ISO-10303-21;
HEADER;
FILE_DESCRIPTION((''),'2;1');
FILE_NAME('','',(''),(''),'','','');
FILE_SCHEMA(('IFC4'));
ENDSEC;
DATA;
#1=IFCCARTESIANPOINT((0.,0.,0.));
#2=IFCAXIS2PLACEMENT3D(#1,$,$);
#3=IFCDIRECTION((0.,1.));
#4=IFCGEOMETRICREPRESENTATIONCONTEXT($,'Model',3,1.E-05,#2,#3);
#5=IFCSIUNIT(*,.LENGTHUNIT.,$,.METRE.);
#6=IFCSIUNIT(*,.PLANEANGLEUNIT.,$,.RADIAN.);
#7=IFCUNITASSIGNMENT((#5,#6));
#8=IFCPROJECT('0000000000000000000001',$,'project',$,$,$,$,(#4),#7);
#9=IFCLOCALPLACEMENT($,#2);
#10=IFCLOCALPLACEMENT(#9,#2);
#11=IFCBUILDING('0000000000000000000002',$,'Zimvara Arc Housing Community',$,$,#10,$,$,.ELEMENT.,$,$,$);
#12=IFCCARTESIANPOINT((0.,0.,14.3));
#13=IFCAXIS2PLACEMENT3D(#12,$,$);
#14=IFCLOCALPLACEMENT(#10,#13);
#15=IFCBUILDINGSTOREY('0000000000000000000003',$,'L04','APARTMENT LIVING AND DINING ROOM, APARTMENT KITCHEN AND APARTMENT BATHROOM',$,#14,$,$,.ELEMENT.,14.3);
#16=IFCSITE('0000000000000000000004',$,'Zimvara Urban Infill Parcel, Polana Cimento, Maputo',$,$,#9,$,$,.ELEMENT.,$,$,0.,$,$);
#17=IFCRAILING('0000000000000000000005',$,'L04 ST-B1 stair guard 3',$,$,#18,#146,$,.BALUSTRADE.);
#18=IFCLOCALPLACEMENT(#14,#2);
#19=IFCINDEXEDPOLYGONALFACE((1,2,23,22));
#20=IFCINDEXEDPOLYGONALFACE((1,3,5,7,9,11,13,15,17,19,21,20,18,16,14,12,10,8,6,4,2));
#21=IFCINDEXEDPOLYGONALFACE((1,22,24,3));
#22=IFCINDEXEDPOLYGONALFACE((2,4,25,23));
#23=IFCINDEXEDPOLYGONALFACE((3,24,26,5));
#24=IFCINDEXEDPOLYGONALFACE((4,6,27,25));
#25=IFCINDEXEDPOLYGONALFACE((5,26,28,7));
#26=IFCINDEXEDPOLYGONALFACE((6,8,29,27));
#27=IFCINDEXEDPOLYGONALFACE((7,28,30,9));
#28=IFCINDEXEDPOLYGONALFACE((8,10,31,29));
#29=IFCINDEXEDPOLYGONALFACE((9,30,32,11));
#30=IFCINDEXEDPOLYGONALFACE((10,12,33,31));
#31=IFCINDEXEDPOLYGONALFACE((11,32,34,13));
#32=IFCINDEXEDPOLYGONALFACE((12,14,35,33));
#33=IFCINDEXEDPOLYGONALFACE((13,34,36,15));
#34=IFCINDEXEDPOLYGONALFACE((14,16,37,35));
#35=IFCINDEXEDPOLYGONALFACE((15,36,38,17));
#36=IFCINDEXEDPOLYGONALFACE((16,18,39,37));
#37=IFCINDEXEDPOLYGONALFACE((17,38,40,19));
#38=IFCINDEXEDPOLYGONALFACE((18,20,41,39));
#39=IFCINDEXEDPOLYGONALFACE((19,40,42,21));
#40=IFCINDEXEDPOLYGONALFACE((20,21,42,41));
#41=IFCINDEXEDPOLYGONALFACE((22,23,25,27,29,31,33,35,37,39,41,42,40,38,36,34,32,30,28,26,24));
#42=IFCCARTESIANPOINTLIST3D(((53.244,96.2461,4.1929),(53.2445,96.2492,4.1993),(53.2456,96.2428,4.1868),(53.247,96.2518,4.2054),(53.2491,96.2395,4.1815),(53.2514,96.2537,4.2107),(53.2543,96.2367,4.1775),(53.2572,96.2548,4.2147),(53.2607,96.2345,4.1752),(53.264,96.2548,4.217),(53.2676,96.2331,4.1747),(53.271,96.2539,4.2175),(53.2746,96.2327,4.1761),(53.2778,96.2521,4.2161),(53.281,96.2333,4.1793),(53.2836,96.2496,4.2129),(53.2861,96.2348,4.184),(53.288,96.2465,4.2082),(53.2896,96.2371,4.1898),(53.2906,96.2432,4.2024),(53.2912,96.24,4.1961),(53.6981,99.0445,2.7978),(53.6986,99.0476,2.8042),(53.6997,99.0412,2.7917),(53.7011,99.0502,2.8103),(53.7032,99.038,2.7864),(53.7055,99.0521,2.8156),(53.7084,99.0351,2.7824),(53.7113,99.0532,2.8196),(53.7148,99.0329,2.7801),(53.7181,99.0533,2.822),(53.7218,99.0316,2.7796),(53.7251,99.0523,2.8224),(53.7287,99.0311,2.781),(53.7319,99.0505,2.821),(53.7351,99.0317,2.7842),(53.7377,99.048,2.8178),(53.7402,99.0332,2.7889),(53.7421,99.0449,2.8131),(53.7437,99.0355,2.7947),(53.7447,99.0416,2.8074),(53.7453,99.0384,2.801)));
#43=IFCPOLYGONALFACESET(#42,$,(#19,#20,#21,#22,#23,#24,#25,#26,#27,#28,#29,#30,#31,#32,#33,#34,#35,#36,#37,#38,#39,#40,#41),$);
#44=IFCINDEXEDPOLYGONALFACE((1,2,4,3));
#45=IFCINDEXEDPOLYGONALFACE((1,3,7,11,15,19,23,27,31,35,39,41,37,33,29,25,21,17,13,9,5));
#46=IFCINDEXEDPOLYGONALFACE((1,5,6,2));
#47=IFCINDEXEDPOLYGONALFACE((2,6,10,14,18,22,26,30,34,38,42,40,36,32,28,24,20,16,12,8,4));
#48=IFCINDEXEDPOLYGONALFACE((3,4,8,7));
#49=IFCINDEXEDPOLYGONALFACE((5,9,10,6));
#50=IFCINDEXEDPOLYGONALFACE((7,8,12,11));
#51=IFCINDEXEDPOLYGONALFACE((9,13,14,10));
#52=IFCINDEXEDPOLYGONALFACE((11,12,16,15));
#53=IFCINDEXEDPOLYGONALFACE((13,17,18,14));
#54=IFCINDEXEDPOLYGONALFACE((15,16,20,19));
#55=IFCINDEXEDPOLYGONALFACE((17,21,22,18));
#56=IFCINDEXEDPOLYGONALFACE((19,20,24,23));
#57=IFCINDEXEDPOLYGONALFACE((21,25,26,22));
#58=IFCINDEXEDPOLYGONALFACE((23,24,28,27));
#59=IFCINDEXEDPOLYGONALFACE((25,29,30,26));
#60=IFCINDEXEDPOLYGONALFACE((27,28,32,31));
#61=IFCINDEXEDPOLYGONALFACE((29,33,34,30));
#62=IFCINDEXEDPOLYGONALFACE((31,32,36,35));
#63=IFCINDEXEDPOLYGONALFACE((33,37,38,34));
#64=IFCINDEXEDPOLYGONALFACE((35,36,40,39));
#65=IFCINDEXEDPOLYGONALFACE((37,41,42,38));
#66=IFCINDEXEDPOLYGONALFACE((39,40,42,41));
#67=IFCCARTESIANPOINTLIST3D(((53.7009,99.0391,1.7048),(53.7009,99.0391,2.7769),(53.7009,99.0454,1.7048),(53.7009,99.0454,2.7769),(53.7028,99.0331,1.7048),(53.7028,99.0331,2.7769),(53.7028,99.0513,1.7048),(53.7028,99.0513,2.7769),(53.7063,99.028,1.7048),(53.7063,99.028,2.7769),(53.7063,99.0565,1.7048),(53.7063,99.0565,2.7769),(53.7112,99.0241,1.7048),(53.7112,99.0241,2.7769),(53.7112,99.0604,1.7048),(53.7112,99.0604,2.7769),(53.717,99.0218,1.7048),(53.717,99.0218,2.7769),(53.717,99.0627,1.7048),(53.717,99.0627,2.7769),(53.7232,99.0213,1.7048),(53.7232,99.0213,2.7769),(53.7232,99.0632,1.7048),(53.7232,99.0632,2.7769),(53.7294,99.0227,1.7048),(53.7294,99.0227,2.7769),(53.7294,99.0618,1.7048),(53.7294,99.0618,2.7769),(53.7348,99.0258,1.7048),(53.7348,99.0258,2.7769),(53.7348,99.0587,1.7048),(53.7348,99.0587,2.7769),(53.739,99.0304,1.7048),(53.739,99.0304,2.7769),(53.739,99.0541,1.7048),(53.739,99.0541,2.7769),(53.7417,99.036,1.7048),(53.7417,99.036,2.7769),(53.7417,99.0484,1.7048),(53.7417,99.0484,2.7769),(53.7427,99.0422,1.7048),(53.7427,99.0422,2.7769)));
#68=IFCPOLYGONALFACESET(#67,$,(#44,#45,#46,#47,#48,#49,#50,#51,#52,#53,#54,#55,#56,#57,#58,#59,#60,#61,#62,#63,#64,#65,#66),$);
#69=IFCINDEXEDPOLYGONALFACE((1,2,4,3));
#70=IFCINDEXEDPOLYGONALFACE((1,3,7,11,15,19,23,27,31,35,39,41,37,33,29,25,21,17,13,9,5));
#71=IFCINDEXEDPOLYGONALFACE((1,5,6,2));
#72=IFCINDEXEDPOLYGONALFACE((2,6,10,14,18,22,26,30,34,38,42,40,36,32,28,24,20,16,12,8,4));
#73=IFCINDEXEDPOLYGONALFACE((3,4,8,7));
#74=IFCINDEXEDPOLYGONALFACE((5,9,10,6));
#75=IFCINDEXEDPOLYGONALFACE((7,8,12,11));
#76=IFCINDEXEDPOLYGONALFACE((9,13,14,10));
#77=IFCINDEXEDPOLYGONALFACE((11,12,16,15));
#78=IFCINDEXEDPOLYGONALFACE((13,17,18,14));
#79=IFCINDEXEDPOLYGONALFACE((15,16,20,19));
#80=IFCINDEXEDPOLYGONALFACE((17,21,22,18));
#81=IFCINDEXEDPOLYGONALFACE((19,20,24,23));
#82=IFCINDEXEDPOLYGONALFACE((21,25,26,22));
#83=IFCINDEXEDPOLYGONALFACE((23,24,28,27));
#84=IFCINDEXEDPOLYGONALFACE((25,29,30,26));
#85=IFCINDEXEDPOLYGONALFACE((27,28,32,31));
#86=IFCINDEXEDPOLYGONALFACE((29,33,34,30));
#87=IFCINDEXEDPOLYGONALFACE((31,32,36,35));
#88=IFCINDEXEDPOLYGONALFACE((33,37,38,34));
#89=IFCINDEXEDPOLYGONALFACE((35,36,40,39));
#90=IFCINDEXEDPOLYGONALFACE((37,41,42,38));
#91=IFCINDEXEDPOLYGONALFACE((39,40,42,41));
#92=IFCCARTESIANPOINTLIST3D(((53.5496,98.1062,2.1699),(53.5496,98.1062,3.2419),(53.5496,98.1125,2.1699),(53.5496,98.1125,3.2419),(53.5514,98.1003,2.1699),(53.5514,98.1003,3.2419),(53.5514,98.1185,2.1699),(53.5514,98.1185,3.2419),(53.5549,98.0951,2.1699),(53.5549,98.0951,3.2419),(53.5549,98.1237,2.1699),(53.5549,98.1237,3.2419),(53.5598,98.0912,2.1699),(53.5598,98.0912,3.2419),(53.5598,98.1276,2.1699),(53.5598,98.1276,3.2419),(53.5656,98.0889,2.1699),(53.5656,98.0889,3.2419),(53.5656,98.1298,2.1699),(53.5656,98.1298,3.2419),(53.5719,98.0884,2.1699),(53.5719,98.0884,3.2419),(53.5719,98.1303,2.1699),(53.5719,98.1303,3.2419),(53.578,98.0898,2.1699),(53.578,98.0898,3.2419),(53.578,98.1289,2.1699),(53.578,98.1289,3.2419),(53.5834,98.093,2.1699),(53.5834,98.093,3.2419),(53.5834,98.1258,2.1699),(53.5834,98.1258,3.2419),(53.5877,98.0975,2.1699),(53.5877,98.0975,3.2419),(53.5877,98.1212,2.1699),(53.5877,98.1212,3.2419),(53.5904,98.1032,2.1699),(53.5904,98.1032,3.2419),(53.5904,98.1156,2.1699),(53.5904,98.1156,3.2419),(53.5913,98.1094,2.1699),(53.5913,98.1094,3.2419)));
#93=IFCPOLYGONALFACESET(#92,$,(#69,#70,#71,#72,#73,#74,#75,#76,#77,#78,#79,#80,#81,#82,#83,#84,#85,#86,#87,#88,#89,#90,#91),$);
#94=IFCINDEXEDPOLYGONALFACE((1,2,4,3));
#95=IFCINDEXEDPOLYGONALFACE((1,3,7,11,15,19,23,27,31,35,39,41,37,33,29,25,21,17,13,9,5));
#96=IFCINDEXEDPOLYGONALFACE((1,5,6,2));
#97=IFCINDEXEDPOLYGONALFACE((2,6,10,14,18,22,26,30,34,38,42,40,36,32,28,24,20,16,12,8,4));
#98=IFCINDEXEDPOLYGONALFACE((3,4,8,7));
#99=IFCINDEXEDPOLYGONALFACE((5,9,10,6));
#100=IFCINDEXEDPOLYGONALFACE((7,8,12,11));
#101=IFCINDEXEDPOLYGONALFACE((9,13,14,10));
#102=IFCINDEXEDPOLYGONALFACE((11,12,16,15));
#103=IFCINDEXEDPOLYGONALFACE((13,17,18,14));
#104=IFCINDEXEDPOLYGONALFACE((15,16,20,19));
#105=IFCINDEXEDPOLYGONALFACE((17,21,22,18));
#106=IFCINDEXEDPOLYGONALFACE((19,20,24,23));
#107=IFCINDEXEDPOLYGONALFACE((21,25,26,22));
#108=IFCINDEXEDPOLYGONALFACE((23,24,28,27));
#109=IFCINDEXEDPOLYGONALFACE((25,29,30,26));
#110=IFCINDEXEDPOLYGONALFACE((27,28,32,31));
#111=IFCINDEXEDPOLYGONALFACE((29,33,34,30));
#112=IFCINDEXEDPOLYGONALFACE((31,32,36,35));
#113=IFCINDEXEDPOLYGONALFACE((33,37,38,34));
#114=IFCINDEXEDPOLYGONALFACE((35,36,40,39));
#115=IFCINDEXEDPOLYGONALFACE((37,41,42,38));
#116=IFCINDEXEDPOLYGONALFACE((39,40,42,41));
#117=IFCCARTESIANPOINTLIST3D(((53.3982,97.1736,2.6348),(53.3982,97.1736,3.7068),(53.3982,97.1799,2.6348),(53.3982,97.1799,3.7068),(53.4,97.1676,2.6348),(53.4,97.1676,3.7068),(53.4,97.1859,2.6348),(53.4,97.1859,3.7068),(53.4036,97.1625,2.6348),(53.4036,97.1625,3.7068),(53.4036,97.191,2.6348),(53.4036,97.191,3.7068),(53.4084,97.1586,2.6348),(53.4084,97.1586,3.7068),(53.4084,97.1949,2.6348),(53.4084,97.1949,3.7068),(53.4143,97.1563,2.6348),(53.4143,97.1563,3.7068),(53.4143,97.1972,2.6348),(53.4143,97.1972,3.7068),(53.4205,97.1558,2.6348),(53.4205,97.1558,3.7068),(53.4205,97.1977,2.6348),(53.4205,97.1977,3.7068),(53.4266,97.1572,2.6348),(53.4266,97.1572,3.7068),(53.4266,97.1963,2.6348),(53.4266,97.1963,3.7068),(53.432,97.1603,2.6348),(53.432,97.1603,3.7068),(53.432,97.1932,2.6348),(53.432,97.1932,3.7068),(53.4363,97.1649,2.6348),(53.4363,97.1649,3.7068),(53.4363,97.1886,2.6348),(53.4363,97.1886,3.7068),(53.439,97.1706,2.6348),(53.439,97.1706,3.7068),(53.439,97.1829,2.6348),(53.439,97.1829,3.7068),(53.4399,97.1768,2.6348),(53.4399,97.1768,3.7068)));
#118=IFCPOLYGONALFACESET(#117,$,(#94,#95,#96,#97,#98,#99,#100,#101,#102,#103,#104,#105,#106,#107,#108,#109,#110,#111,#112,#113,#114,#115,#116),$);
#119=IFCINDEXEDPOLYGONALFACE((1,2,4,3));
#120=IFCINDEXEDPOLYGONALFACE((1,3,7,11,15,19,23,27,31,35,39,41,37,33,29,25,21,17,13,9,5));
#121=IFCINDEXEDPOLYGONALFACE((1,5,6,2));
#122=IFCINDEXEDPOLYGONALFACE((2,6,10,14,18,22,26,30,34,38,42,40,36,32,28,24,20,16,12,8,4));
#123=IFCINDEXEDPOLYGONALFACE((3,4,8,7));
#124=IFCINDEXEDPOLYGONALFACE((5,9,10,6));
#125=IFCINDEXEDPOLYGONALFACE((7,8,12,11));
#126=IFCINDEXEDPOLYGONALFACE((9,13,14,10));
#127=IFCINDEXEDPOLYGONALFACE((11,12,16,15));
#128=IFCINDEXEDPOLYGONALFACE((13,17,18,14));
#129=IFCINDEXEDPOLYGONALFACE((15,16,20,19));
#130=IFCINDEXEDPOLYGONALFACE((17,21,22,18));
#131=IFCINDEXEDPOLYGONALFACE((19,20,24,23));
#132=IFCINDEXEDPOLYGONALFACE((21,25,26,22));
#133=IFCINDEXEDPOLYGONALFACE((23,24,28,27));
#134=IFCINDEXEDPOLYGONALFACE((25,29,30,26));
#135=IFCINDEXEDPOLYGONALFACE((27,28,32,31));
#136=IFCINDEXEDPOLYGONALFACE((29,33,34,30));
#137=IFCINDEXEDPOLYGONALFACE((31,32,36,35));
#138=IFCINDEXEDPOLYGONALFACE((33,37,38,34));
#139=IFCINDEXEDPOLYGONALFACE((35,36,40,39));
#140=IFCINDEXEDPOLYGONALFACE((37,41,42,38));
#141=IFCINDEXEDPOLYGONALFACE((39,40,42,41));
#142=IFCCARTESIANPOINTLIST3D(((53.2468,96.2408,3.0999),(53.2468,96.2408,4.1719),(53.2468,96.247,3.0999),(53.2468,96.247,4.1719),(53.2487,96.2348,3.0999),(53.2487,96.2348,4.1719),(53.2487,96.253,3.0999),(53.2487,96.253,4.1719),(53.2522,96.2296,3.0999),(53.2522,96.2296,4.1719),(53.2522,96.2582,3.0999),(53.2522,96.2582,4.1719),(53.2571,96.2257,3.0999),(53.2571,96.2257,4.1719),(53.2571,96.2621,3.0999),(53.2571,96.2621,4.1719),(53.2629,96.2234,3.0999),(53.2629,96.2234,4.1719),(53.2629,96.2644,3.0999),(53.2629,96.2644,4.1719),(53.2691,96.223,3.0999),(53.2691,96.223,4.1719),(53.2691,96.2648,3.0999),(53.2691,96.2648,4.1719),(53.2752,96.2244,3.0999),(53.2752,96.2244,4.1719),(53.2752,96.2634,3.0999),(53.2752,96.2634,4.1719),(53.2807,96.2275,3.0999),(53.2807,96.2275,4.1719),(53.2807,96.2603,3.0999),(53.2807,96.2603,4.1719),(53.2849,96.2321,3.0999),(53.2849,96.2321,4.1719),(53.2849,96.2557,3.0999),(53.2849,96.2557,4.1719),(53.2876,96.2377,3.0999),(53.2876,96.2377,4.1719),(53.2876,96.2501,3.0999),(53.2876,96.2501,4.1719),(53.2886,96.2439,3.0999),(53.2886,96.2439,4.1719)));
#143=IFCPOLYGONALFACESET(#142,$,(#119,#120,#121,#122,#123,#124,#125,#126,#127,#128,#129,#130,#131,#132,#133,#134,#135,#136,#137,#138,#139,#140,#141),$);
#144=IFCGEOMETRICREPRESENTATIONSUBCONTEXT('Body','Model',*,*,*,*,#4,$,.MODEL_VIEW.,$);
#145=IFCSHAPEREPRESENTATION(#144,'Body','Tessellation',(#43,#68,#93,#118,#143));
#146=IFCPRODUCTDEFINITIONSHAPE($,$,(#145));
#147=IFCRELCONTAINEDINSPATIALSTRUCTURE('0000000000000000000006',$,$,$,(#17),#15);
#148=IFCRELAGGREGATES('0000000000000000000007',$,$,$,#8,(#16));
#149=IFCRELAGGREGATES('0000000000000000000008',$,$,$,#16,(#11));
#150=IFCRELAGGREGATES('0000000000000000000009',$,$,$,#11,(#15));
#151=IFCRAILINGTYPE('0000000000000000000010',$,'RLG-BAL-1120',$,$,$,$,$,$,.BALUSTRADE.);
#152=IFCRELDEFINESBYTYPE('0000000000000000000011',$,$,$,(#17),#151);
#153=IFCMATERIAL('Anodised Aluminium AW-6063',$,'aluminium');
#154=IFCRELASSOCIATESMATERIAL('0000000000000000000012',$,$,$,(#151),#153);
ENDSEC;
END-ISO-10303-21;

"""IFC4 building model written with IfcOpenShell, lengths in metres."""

from ifc_helpers import new_model, si_unit, direction, frame, origin, origin_2d, place, context, subcontext, project, spatial, circle, extrude, material, type_object, element, save


model = new_model("IFC4")

# Units and contexts
model_context = context("Model", 3, precision=1e-05, world=origin(), true_north=direction((0.0, 1.0)))
body_context = subcontext(model_context, "Body", "Model", "MODEL_VIEW")
ifc_project = project(units=[si_unit("LENGTHUNIT", "METRE"), si_unit("PLANEANGLEUNIT", "RADIAN")], contexts=[model_context])

# Site, building, storey
site_placement = place(None, origin())
site = spatial("IfcSite", under=ifc_project, at=site_placement, Name="Zimvara Urban Infill Parcel, Polana Cimento, Maputo", CompositionType="ELEMENT", RefElevation=0.0)
building_placement = place(site_placement, origin())
building = spatial("IfcBuilding", under=site, at=building_placement, Name="Zimvara Arc Housing Community", CompositionType="ELEMENT")
storey_placement = place(building_placement, frame((0.0, 0.0, 14.3)))
storey = spatial("IfcBuildingStorey", under=building, at=storey_placement, Name="L04", Description="APARTMENT LIVING AND DINING ROOM, APARTMENT KITCHEN AND APARTMENT BATHROOM", CompositionType="ELEMENT", Elevation=14.3)

# Railing
ifc_material_1 = material(Name="Anodised Aluminium AW-6063", Category="aluminium")
railing_type_1 = type_object("IfcRailingType", Name="RLG-BAL-1120", PredefinedType="BALUSTRADE", material=ifc_material_1)
railing_1_placement = place(storey_placement, frame((53.7217, 99.0422, 1.7048)))
element("IfcRailing", 1, at=railing_1_placement, inside=storey, type_object=railing_type_1, Name="L04 ST-B1 stair guard 3", PredefinedType="BALUSTRADE", context=body_context, shape_type="SweptSolid", body=[
    extrude(circle(Radius=0.0239, at=origin_2d()), frame((0.0, 0.0, 1.0962), z_axis=(-0.143722, -0.885666, 0.44152), x_axis=(0.987088, -0.16018, 0.0)), (0.0, 0.0, 1.0), 3.1597),
    extrude(circle(Radius=0.021, at=origin_2d()), origin(), (0.0, 0.0, 1.0), 1.072),
    extrude(circle(Radius=0.021, at=origin_2d()), frame((-0.1514, -0.9329, 0.4651)), (0.0, 0.0, 1.0), 1.072),
    extrude(circle(Radius=0.021, at=origin_2d()), frame((-0.3027, -1.8655, 0.9299)), (0.0, 0.0, 1.0), 1.072),
    extrude(circle(Radius=0.021, at=origin_2d()), frame((-0.4541, -2.7983, 1.395)), (0.0, 0.0, 1.0), 1.072),
])

save(model, "model.ifc")
